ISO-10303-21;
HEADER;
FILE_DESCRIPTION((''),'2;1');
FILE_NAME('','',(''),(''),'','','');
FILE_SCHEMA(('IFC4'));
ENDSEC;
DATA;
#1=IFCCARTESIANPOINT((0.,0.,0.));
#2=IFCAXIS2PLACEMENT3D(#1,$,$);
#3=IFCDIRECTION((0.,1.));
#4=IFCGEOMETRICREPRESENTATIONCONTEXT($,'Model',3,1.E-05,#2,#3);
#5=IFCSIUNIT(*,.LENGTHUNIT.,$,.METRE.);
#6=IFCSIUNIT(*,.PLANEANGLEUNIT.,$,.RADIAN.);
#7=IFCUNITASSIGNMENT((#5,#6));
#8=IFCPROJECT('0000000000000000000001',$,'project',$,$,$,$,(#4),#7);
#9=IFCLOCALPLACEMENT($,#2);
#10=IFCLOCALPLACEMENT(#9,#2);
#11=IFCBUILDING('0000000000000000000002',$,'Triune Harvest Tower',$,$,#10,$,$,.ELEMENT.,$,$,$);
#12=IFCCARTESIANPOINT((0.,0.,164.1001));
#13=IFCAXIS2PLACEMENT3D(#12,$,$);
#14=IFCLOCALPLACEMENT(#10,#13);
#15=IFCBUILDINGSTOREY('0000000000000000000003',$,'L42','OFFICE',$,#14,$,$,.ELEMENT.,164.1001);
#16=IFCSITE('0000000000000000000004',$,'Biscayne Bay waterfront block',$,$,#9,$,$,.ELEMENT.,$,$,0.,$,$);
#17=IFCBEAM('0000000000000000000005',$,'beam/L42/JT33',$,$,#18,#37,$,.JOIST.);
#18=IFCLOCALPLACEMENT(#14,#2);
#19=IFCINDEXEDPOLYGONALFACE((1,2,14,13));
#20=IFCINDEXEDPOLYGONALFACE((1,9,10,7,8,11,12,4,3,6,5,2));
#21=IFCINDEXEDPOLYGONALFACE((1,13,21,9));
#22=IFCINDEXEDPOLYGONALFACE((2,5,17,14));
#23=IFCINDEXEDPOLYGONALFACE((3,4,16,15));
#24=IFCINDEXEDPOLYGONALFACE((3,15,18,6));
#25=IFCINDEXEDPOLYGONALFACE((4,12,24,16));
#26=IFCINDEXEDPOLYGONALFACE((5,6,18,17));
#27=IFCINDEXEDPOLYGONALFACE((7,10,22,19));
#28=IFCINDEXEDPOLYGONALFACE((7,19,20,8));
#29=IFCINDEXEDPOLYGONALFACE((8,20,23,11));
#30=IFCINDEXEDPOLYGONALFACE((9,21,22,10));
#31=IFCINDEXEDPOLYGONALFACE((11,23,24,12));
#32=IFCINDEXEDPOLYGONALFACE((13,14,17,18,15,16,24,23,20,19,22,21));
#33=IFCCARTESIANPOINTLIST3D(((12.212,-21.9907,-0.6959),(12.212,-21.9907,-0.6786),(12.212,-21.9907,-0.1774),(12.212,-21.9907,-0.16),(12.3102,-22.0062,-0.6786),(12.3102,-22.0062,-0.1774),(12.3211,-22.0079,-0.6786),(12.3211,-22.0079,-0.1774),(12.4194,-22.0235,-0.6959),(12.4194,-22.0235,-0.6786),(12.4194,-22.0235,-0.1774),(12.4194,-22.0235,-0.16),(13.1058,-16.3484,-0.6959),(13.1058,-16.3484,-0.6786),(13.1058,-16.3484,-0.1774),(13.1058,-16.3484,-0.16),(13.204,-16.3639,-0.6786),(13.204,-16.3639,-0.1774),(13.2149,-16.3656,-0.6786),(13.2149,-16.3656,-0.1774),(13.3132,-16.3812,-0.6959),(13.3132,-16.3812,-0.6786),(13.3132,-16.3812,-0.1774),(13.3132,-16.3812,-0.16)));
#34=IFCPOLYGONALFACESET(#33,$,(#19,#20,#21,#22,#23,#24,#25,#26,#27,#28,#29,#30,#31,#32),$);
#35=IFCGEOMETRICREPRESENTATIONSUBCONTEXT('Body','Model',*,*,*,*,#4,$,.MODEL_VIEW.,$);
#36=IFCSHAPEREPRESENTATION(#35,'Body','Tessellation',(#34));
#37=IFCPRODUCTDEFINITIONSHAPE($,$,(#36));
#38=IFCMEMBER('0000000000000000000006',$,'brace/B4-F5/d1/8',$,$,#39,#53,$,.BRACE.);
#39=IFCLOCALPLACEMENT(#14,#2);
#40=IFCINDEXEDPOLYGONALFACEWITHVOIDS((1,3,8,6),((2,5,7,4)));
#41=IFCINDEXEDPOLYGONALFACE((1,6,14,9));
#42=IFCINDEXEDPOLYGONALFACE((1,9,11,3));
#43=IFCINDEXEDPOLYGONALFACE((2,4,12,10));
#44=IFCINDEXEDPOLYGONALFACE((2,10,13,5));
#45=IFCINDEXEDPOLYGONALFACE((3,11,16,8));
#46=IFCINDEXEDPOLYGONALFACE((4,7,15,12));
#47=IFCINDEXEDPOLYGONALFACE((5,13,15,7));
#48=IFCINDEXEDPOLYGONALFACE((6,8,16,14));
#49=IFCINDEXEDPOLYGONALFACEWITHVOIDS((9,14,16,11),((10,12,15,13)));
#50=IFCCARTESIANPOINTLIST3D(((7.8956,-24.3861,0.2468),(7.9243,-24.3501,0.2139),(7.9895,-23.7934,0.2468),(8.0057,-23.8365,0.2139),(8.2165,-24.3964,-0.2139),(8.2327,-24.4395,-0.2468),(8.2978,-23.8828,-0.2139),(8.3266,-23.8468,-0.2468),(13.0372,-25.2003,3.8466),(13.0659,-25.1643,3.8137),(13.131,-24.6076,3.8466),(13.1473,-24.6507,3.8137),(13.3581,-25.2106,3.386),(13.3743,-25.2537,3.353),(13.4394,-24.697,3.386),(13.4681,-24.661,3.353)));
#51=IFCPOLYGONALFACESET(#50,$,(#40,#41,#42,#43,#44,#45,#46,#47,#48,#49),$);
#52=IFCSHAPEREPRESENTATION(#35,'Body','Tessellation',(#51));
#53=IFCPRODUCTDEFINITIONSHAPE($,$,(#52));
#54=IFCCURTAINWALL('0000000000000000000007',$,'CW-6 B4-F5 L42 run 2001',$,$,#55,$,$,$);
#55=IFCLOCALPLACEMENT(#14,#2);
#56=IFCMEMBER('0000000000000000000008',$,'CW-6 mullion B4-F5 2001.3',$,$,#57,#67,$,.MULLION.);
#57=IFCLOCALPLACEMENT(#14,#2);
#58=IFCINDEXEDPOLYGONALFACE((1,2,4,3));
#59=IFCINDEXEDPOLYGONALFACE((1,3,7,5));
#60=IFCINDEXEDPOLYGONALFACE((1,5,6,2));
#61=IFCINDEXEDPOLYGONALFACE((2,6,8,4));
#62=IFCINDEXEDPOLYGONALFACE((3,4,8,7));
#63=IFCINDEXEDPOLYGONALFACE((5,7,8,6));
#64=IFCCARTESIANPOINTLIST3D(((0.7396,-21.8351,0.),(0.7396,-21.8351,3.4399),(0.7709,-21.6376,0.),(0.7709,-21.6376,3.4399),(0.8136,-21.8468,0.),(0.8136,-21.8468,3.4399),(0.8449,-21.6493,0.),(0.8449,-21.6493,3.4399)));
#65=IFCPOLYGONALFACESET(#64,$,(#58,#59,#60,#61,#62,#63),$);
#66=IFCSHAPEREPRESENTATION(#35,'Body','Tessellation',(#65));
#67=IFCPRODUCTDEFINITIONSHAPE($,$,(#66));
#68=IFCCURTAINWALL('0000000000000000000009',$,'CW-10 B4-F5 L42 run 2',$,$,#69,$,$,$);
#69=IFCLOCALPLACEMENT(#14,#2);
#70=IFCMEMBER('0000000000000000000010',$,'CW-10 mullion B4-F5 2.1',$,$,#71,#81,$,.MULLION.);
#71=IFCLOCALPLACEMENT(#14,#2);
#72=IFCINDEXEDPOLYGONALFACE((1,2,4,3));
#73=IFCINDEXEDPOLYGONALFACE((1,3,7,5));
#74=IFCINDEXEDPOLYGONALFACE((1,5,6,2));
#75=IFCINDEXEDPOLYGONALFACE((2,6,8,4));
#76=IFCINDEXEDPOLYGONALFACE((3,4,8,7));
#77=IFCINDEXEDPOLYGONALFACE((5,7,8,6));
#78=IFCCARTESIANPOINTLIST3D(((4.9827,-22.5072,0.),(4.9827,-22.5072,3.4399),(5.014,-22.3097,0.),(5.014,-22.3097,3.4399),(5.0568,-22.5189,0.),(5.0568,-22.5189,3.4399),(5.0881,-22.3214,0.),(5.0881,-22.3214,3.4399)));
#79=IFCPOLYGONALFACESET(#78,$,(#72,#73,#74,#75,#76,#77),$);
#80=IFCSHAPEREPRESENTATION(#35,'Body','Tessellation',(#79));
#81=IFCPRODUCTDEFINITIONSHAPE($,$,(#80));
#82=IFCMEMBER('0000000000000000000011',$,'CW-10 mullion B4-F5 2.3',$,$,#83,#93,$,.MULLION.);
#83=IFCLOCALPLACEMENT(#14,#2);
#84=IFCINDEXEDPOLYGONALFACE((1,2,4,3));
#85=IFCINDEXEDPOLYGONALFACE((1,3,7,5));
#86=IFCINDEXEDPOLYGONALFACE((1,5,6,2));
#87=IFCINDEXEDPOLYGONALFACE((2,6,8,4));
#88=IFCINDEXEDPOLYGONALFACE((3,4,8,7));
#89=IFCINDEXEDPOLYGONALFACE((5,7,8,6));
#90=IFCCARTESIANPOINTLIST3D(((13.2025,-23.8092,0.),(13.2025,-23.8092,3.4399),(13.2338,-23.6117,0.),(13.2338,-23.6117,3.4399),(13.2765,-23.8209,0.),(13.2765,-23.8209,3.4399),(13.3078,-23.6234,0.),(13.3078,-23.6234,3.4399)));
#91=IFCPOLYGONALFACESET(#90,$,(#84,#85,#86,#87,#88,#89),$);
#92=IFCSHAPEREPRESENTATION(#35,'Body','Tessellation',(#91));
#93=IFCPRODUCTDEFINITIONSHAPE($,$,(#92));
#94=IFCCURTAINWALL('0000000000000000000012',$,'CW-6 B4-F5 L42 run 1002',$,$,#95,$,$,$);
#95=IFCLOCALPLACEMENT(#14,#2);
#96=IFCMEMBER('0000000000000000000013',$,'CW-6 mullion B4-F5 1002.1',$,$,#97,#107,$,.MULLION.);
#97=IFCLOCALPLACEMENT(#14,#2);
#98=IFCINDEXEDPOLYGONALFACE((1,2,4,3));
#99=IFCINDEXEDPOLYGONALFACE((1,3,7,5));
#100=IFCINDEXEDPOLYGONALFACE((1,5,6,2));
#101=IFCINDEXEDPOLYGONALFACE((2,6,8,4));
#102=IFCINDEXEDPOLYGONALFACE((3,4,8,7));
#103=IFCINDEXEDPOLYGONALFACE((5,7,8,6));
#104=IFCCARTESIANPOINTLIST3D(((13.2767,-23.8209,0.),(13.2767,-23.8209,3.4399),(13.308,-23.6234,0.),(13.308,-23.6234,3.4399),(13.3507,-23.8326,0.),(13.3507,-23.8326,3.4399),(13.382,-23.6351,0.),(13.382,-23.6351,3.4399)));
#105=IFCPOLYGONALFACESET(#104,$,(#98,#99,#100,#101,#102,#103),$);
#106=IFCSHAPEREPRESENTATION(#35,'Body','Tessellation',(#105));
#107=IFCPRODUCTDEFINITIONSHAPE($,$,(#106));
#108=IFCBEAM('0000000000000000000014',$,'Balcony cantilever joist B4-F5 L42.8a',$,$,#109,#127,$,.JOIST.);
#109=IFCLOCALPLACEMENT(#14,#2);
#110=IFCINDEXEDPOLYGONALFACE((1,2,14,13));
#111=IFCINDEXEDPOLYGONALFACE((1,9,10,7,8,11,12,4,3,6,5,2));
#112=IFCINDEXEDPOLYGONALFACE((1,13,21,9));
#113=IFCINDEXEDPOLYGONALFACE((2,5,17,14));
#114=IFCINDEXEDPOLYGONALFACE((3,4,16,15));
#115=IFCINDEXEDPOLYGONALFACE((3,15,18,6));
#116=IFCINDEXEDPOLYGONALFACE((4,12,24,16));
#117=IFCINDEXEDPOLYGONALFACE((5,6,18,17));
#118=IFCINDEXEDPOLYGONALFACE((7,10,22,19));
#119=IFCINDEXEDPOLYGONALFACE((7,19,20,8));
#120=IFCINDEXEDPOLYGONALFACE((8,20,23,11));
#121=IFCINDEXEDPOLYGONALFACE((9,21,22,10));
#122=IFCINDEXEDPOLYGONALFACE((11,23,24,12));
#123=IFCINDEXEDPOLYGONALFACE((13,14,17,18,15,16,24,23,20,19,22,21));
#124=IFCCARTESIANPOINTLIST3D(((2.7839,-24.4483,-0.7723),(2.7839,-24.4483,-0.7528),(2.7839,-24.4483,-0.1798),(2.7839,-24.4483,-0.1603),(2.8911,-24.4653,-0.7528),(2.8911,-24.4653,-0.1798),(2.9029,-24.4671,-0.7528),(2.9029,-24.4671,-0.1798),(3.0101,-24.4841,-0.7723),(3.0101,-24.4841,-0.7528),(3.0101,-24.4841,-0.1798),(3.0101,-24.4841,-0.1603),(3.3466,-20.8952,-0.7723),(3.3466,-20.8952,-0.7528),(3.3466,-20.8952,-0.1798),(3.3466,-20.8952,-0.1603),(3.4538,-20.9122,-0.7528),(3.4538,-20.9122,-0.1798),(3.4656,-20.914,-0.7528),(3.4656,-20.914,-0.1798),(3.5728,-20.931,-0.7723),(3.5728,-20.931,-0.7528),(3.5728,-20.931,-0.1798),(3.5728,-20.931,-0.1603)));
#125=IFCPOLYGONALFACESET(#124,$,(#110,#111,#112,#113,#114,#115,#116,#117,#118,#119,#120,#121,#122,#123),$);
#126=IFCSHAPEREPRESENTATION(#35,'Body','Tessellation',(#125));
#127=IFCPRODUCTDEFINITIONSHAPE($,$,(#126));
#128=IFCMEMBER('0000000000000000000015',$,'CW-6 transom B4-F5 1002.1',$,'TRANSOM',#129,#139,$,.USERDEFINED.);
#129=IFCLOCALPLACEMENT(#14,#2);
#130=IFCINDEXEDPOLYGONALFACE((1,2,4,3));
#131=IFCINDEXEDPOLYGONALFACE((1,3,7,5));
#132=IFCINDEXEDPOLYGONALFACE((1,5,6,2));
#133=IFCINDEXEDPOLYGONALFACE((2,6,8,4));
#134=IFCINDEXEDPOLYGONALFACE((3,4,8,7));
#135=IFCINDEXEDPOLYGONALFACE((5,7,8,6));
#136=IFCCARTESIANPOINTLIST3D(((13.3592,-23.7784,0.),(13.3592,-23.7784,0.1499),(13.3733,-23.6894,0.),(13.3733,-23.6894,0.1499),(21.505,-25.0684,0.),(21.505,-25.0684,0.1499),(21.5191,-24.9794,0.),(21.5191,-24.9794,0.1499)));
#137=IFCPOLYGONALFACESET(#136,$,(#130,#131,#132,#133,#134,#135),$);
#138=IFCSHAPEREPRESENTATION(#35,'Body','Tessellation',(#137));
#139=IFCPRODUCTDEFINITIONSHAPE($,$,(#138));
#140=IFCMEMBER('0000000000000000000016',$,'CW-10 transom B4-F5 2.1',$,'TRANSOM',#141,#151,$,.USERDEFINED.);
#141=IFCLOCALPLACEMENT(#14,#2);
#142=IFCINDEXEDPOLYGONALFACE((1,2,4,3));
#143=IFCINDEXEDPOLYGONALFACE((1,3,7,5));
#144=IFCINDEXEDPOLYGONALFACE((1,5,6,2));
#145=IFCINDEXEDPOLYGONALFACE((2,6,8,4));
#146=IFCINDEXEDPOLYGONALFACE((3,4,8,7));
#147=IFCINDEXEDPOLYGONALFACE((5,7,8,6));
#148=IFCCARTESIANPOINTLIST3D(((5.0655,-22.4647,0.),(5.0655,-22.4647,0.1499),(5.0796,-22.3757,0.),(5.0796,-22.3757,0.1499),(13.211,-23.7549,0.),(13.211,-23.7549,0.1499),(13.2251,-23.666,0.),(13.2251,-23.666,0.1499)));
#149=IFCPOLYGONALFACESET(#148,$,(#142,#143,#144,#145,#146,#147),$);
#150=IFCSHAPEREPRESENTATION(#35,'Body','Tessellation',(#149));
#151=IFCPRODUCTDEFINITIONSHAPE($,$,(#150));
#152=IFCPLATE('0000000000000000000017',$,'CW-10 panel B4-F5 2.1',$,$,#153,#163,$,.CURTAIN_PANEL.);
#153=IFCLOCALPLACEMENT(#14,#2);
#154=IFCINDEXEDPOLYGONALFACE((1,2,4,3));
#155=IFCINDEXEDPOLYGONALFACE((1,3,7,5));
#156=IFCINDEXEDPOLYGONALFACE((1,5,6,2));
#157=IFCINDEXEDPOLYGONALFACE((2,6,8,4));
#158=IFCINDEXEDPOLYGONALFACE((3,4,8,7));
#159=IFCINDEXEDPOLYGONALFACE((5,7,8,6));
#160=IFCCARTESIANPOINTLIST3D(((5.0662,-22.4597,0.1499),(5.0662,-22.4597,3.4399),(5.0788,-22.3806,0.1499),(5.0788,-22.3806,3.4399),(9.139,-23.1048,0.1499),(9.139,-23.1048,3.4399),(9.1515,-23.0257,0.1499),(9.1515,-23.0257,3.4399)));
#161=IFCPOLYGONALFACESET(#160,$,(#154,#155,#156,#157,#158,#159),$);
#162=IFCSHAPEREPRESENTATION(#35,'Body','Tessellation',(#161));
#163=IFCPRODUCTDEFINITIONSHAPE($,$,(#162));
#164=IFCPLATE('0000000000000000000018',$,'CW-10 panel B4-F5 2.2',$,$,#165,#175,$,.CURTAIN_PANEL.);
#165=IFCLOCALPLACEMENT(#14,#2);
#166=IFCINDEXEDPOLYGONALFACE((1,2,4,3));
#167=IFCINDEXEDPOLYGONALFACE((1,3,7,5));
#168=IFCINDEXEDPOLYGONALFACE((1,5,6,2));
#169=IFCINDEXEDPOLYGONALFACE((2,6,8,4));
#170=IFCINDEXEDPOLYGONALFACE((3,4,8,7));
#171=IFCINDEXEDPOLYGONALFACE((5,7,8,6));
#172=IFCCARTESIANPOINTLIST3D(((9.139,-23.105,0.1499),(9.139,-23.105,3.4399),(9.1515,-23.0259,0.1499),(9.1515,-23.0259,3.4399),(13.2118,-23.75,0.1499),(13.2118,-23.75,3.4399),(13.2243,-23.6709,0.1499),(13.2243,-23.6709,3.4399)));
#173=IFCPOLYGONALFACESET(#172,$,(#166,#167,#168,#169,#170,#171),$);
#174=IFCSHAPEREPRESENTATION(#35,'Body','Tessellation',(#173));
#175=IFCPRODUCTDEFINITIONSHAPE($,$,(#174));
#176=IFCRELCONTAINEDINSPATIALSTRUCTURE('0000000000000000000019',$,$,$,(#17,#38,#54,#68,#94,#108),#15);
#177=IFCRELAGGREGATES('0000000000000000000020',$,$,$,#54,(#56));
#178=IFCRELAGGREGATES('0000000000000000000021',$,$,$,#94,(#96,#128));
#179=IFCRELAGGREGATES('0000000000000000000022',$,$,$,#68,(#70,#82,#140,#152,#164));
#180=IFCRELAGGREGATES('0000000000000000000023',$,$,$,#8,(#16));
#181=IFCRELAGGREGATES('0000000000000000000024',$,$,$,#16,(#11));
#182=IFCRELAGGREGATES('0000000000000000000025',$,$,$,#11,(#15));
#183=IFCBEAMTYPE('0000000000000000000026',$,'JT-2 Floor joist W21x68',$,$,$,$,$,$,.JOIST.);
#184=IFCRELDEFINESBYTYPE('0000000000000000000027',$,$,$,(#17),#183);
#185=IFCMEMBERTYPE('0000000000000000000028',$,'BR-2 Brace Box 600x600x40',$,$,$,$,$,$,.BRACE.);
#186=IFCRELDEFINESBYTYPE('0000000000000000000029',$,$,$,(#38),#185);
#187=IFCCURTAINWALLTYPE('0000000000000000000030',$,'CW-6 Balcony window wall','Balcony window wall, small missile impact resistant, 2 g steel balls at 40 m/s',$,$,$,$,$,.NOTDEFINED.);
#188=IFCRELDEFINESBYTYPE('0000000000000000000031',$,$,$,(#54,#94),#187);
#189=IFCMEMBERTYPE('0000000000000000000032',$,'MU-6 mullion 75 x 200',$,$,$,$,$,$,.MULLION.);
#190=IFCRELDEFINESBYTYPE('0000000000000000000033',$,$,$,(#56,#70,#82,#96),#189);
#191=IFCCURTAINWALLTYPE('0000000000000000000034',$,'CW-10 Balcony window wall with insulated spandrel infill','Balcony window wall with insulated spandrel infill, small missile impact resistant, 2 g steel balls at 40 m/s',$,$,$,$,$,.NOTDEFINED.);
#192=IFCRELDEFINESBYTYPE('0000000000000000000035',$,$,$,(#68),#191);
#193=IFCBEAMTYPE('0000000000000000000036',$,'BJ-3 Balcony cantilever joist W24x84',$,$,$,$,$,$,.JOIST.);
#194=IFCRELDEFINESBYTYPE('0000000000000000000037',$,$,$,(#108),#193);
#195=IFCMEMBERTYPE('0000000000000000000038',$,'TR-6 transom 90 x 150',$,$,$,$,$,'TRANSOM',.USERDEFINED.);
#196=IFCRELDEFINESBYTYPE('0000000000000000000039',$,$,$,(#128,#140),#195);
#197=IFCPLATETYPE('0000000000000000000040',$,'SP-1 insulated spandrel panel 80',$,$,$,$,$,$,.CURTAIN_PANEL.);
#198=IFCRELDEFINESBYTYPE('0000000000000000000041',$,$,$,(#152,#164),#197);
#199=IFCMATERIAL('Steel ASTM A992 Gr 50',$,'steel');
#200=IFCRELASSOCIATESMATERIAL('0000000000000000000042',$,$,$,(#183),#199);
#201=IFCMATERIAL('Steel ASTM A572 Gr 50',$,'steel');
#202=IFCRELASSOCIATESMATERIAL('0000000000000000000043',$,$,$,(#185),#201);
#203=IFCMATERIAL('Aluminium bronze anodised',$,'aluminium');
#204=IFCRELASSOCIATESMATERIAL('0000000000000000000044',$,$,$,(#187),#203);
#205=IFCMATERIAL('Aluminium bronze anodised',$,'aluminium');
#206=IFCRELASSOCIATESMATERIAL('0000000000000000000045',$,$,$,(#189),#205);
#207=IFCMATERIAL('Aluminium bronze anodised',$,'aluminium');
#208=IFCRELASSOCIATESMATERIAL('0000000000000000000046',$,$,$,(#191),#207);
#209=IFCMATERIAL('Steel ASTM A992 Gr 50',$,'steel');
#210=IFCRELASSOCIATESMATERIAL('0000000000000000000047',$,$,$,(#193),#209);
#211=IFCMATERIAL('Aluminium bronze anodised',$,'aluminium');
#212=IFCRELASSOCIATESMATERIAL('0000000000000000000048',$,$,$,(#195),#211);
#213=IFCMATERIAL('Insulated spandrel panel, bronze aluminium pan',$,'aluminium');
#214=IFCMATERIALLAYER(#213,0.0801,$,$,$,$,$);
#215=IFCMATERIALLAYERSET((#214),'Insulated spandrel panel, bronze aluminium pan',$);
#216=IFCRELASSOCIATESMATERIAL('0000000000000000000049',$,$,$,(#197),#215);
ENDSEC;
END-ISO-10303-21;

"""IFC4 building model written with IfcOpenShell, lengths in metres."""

from ifc_helpers import new_model, si_unit, direction, frame, origin, origin_2d, place, context, subcontext, project, spatial, rectangle, hollow_rectangle, i_section, extrude, source, transform, mapped, material, layer, layer_set, material_profile, profile_set, type_object, element, aggregate, save


model = new_model("IFC4")

# Units and contexts
model_context = context("Model", 3, precision=1e-05, world=origin(), true_north=direction((0.0, 1.0)))
body_context = subcontext(model_context, "Body", "Model", "MODEL_VIEW")
ifc_project = project(units=[si_unit("LENGTHUNIT", "METRE"), si_unit("PLANEANGLEUNIT", "RADIAN")], contexts=[model_context])

# Site, building, storey
site_placement = place(None, origin())
site = spatial("IfcSite", under=ifc_project, at=site_placement, Name="Biscayne Bay waterfront block", CompositionType="ELEMENT", RefElevation=0.0)
building_placement = place(site_placement, origin())
building = spatial("IfcBuilding", under=site, at=building_placement, Name="Triune Harvest Tower", CompositionType="ELEMENT")
storey_placement = place(building_placement, frame((0.0, 0.0, 164.1001)))
storey = spatial("IfcBuildingStorey", under=building, at=storey_placement, Name="L42", Description="OFFICE", CompositionType="ELEMENT", Elevation=164.1001)

# Beam
ifc_material_1 = material(Name="Steel ASTM A992 Gr 50", Category="steel")
ifc_material_profile_1 = material_profile(ifc_material_1, i_section(OverallWidth=0.21, OverallDepth=0.5359, WebThickness=0.011, FlangeThickness=0.0173, at=origin_2d()), Name="W21x68")
ifc_profile_set_1 = profile_set([ifc_material_profile_1], Name="Steel ASTM A992 Gr 50")
beam_type_1 = type_object("IfcBeamType", Name="JT-2 Floor joist W21x68", PredefinedType="JOIST", material=ifc_profile_set_1)
shared_shape_1 = source(origin(), body_context, "Body", "SweptSolid", [
    extrude(i_section(OverallWidth=0.21, OverallDepth=0.5359, WebThickness=0.011, FlangeThickness=0.0173, at=origin_2d()), origin(), (0.0, 0.0, 1.0), 5.7126),
])
beam_1_placement = place(storey_placement, frame((12.3157, -22.0071, -0.428), z_axis=(0.156459, 0.987685, 0.0), x_axis=(-0.987685, 0.156459, 0.0)))
element("IfcBeam", 1, at=beam_1_placement, inside=storey, type_object=beam_type_1, Name="beam/L42/JT33", PredefinedType="JOIST", context=body_context, shape_type="MappedRepresentation", body=[
    mapped(shared_shape_1, transform((0.0, 0.0, 0.0), scale=1.0)),
])

# Member
ifc_material_2 = material(Name="Steel ASTM A572 Gr 50", Category="steel")
ifc_material_profile_2 = material_profile(ifc_material_2, hollow_rectangle(XDim=0.6001, YDim=0.6001, WallThickness=0.04, at=origin_2d()), Name="Box 600x600x40")
ifc_profile_set_2 = profile_set([ifc_material_profile_2], Name="Steel ASTM A572 Gr 50")
member_type_1 = type_object("IfcMemberType", Name="BR-2 Brace Box 600x600x40", PredefinedType="BRACE", material=ifc_profile_set_2)
shared_shape_2 = source(origin(), body_context, "Body", "SweptSolid", [
    extrude(hollow_rectangle(XDim=0.6001, YDim=0.6001, WallThickness=0.04, at=origin_2d()), origin(), (0.0, 0.0, 1.0), 6.3291),
])
member_1_placement = place(storey_placement, frame((8.1111, -24.1165, 0.0), z_axis=(0.81237, -0.128645, 0.568775), x_axis=(0.156408, 0.987693, 0.0)))
element("IfcMember", 2, at=member_1_placement, inside=storey, type_object=member_type_1, Name="brace/B4-F5/d1/8", PredefinedType="BRACE", context=body_context, shape_type="MappedRepresentation", body=[
    mapped(shared_shape_2, transform((0.0, 0.0, 0.0), scale=1.0)),
])

# Curtain wall, member
ifc_material_3 = material(Name="Aluminium bronze anodised", Category="aluminium")
curtain_wall_type_1 = type_object("IfcCurtainWallType", Name="CW-6 Balcony window wall", Description="Balcony window wall, small missile impact resistant, 2 g steel balls at 40 m/s", PredefinedType="NOTDEFINED", material=ifc_material_3)
curtain_wall_1_placement = place(storey_placement, origin())
curtain_wall_1 = element("IfcCurtainWall", 3, at=curtain_wall_1_placement, inside=storey, type_object=curtain_wall_type_1, Name="CW-6 B4-F5 L42 run 2001")
ifc_material_4 = material(Name="Aluminium bronze anodised", Category="aluminium")
ifc_material_profile_3 = material_profile(ifc_material_4, rectangle(XDim=0.2, YDim=0.075, at=origin_2d()), Name="MU-6 mullion 75 x 200")
ifc_profile_set_3 = profile_set([ifc_material_profile_3], Name="Aluminium bronze anodised")
member_type_2 = type_object("IfcMemberType", Name="MU-6 mullion 75 x 200", PredefinedType="MULLION", material=ifc_profile_set_3)
shared_shape_3 = source(origin(), body_context, "Body", "SweptSolid", [
    extrude(rectangle(XDim=0.2, YDim=0.075, at=origin_2d()), origin(), (0.0, 0.0, 1.0), 3.4399),
])
member_2_placement = place(storey_placement, frame((0.7922, -21.7422, 0.0), z_axis=(0.0, 0.0, 1.0), x_axis=(0.156433, 0.987689, 0.0)))
member_2 = element("IfcMember", 4, at=member_2_placement, type_object=member_type_2, Name="CW-6 mullion B4-F5 2001.3", PredefinedType="MULLION", context=body_context, shape_type="MappedRepresentation", body=[
    mapped(shared_shape_3, transform((0.0, 0.0, 0.0), scale=1.0)),
])
aggregate(curtain_wall_1, [member_2])

# Curtain wall, members
ifc_material_5 = material(Name="Aluminium bronze anodised", Category="aluminium")
curtain_wall_type_2 = type_object("IfcCurtainWallType", Name="CW-10 Balcony window wall with insulated spandrel infill", Description="Balcony window wall with insulated spandrel infill, small missile impact resistant, 2 g steel balls at 40 m/s", PredefinedType="NOTDEFINED", material=ifc_material_5)
curtain_wall_2_placement = place(storey_placement, origin())
curtain_wall_2 = element("IfcCurtainWall", 5, at=curtain_wall_2_placement, inside=storey, type_object=curtain_wall_type_2, Name="CW-10 B4-F5 L42 run 2")
member_3_placement = place(storey_placement, frame((5.0354, -22.4143, 0.0), z_axis=(0.0, 0.0, 1.0), x_axis=(0.156436, 0.987688, 0.0)))
member_3 = element("IfcMember", 6, at=member_3_placement, type_object=member_type_2, Name="CW-10 mullion B4-F5 2.1", PredefinedType="MULLION", context=body_context, shape_type="MappedRepresentation", body=[
    mapped(shared_shape_3, transform((0.0, 0.0, 0.0), scale=1.0)),
])
member_4_placement = place(storey_placement, frame((13.2551, -23.7163, 0.0), z_axis=(0.0, 0.0, 1.0), x_axis=(0.156436, 0.987688, 0.0)))
member_4 = element("IfcMember", 7, at=member_4_placement, type_object=member_type_2, Name="CW-10 mullion B4-F5 2.3", PredefinedType="MULLION", context=body_context, shape_type="MappedRepresentation", body=[
    mapped(shared_shape_3, transform((0.0, 0.0, 0.0), scale=1.0)),
])

# Curtain wall, member
curtain_wall_3_placement = place(storey_placement, origin())
curtain_wall_3 = element("IfcCurtainWall", 8, at=curtain_wall_3_placement, inside=storey, type_object=curtain_wall_type_1, Name="CW-6 B4-F5 L42 run 1002")
member_5_placement = place(storey_placement, frame((13.3293, -23.728, 0.0), z_axis=(0.0, 0.0, 1.0), x_axis=(0.156434, 0.987688, 0.0)))
member_5 = element("IfcMember", 9, at=member_5_placement, type_object=member_type_2, Name="CW-6 mullion B4-F5 1002.1", PredefinedType="MULLION", context=body_context, shape_type="MappedRepresentation", body=[
    mapped(shared_shape_3, transform((0.0, 0.0, 0.0), scale=1.0)),
])

# Beam
ifc_material_6 = material(Name="Steel ASTM A992 Gr 50", Category="steel")
ifc_material_profile_4 = material_profile(ifc_material_6, i_section(OverallWidth=0.229, OverallDepth=0.6121, WebThickness=0.012, FlangeThickness=0.0195, at=origin_2d()), Name="W24x84")
ifc_profile_set_4 = profile_set([ifc_material_profile_4], Name="Steel ASTM A992 Gr 50")
beam_type_2 = type_object("IfcBeamType", Name="BJ-3 Balcony cantilever joist W24x84", PredefinedType="JOIST", material=ifc_profile_set_4)
shared_shape_4 = source(origin(), body_context, "Body", "SweptSolid", [
    extrude(i_section(OverallWidth=0.229, OverallDepth=0.6121, WebThickness=0.012, FlangeThickness=0.0195, at=origin_2d()), origin(), (0.0, 0.0, 1.0), 3.5974),
])
beam_2_placement = place(storey_placement, frame((3.4597, -20.9131, -0.4663), z_axis=(-0.156426, -0.98769, 0.0), x_axis=(0.98769, -0.156426, 0.0)))
element("IfcBeam", 10, at=beam_2_placement, inside=storey, type_object=beam_type_2, Name="Balcony cantilever joist B4-F5 L42.8a", PredefinedType="JOIST", context=body_context, shape_type="MappedRepresentation", body=[
    mapped(shared_shape_4, transform((0.0, 0.0, 0.0), scale=1.0)),
])

# Members
ifc_material_7 = material(Name="Aluminium bronze anodised", Category="aluminium")
ifc_material_profile_5 = material_profile(ifc_material_7, rectangle(XDim=0.0901, YDim=0.1499, at=origin_2d()), Name="TR-6 transom 90 x 150")
ifc_profile_set_5 = profile_set([ifc_material_profile_5], Name="Aluminium bronze anodised")
member_type_3 = type_object("IfcMemberType", Name="TR-6 transom 90 x 150", ElementType="TRANSOM", PredefinedType="USERDEFINED", material=ifc_profile_set_5)
shared_shape_5 = source(origin(), body_context, "Body", "SweptSolid", [
    extrude(rectangle(XDim=0.0901, YDim=0.1499, at=origin_2d()), origin(), (0.0, 0.0, 1.0), 8.2473),
])
member_6_placement = place(storey_placement, frame((13.3662, -23.7339, 0.075), z_axis=(0.987691, -0.15642, 0.0), x_axis=(0.15642, 0.987691, 0.0)))
member_6 = element("IfcMember", 11, at=member_6_placement, type_object=member_type_3, Name="CW-6 transom B4-F5 1002.1", ObjectType="TRANSOM", PredefinedType="USERDEFINED", context=body_context, shape_type="MappedRepresentation", body=[
    mapped(shared_shape_5, transform((0.0, 0.0, 0.0), scale=1.0)),
])
aggregate(curtain_wall_3, [member_5, member_6])
shared_shape_6 = source(origin(), body_context, "Body", "SweptSolid", [
    extrude(rectangle(XDim=0.0901, YDim=0.1499, at=origin_2d()), origin(), (0.0, 0.0, 1.0), 8.2471),
])
member_7_placement = place(storey_placement, frame((5.0725, -22.4202, 0.075), z_axis=(0.987685, -0.156454, 0.0), x_axis=(0.156454, 0.987685, 0.0)))
member_7 = element("IfcMember", 12, at=member_7_placement, type_object=member_type_3, Name="CW-10 transom B4-F5 2.1", ObjectType="TRANSOM", PredefinedType="USERDEFINED", context=body_context, shape_type="MappedRepresentation", body=[
    mapped(shared_shape_6, transform((0.0, 0.0, 0.0), scale=1.0)),
])

# Plates
ifc_material_8 = material(Name="Insulated spandrel panel, bronze aluminium pan", Category="aluminium")
ifc_layer_1 = layer(ifc_material_8, 0.0801)
ifc_layer_set_1 = layer_set([ifc_layer_1], Name="Insulated spandrel panel, bronze aluminium pan")
plate_type = type_object("IfcPlateType", Name="SP-1 insulated spandrel panel 80", PredefinedType="CURTAIN_PANEL", material=ifc_layer_set_1)
shared_shape_7 = source(origin(), body_context, "Body", "SweptSolid", [
    extrude(rectangle(XDim=4.1235, YDim=0.0801, at=origin_2d()), origin(), (0.0, 0.0, 1.0), 3.29),
])
plate_1_placement = place(storey_placement, frame((7.1089, -22.7427, 0.1499), z_axis=(0.0, 0.0, 1.0), x_axis=(0.987688, -0.156436, 0.0)))
plate_1 = element("IfcPlate", 13, at=plate_1_placement, type_object=plate_type, Name="CW-10 panel B4-F5 2.1", PredefinedType="CURTAIN_PANEL", context=body_context, shape_type="MappedRepresentation", body=[
    mapped(shared_shape_7, transform((0.0, 0.0, 0.0), scale=1.0)),
])
plate_2_placement = place(storey_placement, frame((11.1816, -23.3879, 0.1499), z_axis=(0.0, 0.0, 1.0), x_axis=(0.987688, -0.156436, 0.0)))
plate_2 = element("IfcPlate", 14, at=plate_2_placement, type_object=plate_type, Name="CW-10 panel B4-F5 2.2", PredefinedType="CURTAIN_PANEL", context=body_context, shape_type="MappedRepresentation", body=[
    mapped(shared_shape_7, transform((0.0, 0.0, 0.0), scale=1.0)),
])
aggregate(curtain_wall_2, [member_3, member_4, member_7, plate_1, plate_2])

save(model, "model.ifc")
